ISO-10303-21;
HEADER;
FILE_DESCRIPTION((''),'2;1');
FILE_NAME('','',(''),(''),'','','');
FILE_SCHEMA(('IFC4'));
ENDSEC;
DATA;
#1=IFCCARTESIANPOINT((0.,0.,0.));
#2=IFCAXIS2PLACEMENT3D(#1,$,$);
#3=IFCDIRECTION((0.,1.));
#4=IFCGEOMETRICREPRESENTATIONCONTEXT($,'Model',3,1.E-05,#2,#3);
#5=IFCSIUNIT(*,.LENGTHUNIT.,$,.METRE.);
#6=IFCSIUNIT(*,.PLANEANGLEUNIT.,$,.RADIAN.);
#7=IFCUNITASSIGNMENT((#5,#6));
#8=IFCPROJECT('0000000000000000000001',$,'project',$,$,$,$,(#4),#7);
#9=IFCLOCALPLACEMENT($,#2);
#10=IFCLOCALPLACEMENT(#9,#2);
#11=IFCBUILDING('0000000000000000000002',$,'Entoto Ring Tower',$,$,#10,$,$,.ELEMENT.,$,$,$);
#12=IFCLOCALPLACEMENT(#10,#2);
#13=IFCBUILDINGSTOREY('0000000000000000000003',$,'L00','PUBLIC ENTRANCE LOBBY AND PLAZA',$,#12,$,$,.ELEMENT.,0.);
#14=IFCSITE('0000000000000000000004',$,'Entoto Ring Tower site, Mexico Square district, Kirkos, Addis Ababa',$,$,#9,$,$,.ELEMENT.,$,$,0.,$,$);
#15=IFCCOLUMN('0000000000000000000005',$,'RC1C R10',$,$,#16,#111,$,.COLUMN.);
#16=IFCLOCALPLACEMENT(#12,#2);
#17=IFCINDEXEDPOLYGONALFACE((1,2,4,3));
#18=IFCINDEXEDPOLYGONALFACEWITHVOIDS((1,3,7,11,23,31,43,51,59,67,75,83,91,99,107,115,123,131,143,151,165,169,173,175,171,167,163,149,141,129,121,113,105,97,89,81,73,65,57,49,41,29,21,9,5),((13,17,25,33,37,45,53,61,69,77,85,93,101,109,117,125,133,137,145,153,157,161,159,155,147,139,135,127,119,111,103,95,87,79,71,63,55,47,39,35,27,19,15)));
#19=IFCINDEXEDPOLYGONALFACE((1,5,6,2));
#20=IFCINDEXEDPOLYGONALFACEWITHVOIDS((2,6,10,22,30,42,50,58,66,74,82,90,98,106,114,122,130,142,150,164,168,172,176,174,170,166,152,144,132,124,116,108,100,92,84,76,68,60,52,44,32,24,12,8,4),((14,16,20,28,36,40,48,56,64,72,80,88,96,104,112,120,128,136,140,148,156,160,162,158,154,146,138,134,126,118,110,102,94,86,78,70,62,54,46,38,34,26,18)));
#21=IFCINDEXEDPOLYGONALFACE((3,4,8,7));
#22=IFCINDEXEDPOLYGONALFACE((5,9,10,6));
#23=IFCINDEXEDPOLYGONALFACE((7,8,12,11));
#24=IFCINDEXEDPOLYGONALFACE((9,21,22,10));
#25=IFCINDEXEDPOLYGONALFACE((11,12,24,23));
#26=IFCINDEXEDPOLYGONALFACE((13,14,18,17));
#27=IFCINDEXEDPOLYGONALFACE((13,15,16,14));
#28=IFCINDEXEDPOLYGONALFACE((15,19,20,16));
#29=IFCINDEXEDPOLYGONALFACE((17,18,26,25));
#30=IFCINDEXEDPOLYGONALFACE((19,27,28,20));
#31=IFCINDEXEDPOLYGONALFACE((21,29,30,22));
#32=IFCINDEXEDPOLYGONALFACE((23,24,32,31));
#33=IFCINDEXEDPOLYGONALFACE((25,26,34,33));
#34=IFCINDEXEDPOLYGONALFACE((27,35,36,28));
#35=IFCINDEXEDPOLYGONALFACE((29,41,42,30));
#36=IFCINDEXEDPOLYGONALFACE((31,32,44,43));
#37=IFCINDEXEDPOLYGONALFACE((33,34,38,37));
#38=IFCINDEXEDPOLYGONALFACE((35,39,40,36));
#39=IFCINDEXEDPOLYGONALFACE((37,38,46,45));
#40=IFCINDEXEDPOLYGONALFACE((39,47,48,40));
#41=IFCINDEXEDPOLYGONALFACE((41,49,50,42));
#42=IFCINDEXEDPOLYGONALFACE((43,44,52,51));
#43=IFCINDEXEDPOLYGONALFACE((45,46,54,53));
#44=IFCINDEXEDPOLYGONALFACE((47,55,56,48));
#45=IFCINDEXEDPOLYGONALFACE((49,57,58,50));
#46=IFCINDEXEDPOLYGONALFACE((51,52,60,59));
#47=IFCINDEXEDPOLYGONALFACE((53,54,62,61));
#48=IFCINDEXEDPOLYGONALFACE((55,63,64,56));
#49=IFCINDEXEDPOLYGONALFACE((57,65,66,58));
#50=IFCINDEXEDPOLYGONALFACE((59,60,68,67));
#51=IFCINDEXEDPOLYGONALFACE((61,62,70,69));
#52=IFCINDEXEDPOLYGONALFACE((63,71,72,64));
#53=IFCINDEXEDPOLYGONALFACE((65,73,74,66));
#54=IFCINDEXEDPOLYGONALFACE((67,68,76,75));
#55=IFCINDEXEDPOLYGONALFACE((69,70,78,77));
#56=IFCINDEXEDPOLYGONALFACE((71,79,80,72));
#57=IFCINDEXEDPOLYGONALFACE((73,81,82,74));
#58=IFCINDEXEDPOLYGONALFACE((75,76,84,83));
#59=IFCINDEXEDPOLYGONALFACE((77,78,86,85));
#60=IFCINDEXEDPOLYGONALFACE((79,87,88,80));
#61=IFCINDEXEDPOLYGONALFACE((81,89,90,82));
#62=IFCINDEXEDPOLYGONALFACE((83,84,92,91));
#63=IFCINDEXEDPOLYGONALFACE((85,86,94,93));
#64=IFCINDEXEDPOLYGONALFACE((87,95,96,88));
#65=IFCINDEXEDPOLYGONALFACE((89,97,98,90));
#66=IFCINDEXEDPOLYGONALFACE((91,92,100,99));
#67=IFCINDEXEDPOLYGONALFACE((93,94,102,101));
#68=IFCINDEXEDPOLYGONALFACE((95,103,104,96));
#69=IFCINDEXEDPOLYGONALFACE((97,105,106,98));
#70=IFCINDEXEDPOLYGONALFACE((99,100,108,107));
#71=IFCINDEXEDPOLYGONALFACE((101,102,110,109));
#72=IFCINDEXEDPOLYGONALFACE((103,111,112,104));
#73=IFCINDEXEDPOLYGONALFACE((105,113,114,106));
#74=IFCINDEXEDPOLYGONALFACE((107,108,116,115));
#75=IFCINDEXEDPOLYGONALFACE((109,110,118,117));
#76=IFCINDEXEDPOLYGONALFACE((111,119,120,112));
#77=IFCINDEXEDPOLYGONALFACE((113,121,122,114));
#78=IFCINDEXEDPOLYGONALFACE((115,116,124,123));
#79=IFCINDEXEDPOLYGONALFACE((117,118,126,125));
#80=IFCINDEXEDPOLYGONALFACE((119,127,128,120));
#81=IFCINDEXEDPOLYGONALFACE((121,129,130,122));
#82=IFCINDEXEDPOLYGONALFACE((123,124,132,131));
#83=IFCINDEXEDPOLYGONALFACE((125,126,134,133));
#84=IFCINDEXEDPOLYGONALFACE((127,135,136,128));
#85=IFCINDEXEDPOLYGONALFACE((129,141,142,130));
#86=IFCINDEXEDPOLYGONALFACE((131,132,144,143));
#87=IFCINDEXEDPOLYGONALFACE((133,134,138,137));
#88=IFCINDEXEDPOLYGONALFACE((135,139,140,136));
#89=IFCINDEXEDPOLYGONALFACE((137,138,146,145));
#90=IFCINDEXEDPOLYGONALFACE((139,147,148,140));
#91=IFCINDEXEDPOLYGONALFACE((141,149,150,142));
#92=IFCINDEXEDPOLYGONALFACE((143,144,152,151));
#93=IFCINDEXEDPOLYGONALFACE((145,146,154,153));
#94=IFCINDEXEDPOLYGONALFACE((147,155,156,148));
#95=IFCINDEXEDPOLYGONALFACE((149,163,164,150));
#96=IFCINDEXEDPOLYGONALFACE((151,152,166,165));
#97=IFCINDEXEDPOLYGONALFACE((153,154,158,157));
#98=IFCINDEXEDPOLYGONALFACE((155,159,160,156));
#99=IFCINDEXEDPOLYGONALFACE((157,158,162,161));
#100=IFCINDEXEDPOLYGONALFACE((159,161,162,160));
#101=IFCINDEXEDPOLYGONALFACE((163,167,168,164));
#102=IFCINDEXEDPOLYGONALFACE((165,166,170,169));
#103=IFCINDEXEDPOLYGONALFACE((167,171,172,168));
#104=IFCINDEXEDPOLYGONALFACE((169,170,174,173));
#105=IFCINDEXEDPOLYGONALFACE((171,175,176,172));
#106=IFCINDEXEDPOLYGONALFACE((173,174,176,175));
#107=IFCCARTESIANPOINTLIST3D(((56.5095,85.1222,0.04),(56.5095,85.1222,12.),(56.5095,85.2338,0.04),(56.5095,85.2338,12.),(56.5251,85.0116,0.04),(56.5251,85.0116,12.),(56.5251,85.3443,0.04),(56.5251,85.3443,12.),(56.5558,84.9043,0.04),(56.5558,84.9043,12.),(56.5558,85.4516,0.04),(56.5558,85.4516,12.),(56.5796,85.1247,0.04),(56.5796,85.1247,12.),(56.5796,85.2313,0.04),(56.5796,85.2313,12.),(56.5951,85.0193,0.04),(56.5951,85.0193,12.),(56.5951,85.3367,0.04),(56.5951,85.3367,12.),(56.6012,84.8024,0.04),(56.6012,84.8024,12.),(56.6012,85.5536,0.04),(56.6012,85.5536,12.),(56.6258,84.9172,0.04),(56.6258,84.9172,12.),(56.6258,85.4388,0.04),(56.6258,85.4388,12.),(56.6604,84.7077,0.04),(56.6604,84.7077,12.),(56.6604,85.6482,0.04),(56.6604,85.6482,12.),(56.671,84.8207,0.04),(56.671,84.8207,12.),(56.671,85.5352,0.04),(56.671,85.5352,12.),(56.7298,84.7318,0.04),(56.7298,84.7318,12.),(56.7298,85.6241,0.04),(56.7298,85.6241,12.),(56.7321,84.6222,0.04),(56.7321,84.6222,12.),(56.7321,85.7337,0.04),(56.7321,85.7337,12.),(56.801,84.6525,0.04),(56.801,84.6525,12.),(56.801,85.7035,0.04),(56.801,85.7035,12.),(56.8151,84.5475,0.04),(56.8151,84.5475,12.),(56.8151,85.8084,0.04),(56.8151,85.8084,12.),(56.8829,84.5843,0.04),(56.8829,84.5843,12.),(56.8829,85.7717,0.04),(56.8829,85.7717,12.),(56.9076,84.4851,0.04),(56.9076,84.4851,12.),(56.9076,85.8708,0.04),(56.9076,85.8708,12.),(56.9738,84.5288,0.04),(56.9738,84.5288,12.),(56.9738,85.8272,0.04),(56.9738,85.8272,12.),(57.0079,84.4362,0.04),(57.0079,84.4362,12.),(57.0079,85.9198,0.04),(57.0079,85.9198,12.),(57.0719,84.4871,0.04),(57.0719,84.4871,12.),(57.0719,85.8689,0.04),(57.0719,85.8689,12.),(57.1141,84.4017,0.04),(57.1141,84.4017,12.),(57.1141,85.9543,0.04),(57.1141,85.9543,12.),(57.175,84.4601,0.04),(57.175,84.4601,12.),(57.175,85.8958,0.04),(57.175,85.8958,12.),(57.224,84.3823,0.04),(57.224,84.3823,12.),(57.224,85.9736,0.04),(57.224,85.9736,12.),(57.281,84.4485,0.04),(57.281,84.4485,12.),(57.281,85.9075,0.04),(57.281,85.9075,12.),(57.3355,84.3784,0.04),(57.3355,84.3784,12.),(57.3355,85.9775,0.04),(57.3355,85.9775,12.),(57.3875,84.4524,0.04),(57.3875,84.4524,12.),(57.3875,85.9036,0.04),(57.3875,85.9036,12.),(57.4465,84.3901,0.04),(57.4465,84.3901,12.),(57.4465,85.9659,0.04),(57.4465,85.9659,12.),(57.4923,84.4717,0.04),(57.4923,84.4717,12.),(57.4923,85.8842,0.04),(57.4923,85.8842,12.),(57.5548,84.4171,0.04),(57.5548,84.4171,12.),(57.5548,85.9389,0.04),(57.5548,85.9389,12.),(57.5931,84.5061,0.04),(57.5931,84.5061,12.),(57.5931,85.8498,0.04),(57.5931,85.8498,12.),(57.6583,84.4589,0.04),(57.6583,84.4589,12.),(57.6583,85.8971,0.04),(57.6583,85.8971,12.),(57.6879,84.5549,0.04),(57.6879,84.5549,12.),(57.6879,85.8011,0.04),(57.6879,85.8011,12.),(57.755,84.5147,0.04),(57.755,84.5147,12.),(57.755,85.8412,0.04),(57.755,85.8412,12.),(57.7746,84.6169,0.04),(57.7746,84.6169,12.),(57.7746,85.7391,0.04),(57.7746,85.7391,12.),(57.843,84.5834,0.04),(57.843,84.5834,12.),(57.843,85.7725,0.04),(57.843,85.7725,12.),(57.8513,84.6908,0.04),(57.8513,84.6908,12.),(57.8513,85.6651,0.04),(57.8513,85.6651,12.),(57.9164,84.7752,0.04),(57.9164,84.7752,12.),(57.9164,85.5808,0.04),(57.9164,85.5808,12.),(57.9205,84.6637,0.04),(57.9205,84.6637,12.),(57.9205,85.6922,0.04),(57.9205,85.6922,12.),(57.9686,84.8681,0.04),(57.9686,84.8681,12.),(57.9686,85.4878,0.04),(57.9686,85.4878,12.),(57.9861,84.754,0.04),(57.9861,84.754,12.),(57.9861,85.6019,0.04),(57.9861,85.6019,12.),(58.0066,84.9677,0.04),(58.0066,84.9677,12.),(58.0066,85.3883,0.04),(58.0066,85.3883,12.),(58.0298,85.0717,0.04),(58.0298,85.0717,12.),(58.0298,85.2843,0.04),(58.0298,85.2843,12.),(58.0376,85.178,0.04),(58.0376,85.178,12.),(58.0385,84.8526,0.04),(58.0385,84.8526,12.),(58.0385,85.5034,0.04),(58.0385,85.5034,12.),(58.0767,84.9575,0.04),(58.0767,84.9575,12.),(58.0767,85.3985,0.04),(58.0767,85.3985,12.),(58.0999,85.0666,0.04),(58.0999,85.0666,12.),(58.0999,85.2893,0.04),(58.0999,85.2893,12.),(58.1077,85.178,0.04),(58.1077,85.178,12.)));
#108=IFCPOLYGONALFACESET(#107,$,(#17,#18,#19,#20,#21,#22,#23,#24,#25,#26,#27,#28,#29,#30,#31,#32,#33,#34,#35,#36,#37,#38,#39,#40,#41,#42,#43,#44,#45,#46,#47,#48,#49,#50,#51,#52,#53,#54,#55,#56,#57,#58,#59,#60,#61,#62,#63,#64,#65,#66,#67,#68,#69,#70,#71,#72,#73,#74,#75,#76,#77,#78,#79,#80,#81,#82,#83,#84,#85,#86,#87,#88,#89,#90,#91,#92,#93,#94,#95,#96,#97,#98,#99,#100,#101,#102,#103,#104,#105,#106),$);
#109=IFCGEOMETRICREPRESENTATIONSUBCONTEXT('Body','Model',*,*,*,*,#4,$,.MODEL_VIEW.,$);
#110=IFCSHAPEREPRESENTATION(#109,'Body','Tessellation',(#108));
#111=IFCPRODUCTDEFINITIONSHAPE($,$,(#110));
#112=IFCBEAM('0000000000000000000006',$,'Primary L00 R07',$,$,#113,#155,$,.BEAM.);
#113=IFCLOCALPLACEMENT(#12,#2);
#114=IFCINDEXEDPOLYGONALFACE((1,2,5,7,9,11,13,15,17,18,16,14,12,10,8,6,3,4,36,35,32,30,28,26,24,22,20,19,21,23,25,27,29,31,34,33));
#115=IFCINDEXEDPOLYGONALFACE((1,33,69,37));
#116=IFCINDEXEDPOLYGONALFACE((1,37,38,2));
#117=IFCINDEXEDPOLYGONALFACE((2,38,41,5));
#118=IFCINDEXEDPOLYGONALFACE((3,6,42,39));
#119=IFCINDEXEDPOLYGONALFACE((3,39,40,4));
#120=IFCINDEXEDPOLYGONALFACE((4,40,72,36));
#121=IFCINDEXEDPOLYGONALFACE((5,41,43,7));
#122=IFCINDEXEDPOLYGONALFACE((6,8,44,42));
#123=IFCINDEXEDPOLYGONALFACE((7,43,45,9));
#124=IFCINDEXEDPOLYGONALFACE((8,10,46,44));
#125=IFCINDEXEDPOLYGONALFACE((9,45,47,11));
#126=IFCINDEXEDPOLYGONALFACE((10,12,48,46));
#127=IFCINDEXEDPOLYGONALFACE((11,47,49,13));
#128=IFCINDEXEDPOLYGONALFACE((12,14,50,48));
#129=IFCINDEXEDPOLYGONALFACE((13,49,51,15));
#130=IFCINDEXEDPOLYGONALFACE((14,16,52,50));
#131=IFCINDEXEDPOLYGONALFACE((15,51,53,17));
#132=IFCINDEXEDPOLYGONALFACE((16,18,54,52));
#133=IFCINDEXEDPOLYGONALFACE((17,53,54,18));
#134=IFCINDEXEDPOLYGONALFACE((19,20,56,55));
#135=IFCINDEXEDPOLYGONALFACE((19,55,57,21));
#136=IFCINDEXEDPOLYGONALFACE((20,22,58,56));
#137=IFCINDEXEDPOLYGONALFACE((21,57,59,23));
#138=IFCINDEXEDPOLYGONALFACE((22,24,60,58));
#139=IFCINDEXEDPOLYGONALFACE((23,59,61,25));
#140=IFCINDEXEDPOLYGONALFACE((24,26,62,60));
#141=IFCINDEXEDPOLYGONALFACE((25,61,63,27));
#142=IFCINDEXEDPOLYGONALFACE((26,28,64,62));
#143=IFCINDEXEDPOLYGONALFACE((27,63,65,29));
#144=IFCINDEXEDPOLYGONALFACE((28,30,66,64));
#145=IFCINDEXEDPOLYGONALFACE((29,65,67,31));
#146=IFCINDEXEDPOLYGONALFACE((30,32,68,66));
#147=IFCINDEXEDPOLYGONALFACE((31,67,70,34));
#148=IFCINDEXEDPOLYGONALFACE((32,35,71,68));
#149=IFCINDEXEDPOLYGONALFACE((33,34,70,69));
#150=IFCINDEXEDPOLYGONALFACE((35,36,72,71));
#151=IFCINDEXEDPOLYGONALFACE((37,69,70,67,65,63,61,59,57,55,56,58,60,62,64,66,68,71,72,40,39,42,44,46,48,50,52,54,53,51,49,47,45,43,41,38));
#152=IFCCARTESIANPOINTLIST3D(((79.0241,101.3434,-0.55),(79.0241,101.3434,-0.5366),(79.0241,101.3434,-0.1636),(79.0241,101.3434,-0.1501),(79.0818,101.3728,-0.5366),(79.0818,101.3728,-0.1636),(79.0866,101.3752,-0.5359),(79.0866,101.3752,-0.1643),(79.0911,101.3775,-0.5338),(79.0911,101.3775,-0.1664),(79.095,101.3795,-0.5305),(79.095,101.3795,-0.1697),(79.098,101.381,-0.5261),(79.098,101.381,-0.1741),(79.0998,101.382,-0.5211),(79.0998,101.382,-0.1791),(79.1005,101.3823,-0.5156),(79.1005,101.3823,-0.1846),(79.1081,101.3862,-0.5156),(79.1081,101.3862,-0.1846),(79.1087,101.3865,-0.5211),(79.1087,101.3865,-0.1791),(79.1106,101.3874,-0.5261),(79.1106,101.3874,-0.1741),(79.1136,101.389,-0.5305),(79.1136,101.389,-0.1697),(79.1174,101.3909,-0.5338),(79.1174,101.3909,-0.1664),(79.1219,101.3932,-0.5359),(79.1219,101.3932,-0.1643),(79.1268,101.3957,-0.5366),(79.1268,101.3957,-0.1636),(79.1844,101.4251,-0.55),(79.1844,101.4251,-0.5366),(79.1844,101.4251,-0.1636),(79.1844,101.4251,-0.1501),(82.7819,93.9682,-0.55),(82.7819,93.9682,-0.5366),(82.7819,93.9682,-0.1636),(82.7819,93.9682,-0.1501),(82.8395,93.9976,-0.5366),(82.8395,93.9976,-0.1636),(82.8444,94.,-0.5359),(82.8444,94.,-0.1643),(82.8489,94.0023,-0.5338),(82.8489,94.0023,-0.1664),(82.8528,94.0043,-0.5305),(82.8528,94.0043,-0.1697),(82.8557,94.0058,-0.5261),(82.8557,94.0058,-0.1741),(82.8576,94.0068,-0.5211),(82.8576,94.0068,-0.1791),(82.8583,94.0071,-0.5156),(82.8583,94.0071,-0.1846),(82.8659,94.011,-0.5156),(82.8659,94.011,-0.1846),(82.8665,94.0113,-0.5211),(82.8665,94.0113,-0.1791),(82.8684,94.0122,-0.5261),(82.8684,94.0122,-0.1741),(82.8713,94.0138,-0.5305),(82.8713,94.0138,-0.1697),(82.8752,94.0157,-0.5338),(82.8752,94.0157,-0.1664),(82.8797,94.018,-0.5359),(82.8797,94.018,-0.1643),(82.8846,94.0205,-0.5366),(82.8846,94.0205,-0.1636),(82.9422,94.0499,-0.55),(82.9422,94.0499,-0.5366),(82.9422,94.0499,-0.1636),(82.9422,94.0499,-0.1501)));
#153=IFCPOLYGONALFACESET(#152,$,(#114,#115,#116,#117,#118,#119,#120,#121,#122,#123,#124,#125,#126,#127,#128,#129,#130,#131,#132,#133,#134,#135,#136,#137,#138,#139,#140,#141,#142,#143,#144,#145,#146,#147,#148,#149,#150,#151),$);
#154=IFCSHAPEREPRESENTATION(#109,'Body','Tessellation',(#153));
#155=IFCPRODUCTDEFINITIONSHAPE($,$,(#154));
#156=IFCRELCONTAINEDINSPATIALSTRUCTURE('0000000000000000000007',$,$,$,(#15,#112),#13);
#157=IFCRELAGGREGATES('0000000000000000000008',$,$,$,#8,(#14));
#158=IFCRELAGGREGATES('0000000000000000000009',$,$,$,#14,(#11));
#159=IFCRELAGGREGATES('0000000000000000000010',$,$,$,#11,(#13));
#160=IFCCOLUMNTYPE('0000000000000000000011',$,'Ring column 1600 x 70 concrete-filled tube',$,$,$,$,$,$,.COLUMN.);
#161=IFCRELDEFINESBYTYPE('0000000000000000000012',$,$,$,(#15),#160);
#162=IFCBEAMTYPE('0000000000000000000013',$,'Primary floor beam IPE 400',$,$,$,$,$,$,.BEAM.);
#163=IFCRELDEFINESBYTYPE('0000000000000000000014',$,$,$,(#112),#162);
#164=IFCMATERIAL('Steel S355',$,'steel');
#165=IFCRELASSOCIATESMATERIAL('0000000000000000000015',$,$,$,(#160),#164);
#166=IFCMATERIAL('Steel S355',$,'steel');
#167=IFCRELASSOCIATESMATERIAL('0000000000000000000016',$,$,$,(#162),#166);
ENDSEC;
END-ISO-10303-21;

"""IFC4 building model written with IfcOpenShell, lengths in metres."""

from ifc_helpers import new_model, si_unit, direction, frame, origin, origin_2d, place, context, subcontext, project, spatial, circle, hollow_circle, i_section, extrude, material, material_profile, profile_set, type_object, element, save


model = new_model("IFC4")

# Units and contexts
model_context = context("Model", 3, precision=1e-05, world=origin(), true_north=direction((0.0, 1.0)))
body_context = subcontext(model_context, "Body", "Model", "MODEL_VIEW")
ifc_project = project(units=[si_unit("LENGTHUNIT", "METRE"), si_unit("PLANEANGLEUNIT", "RADIAN")], contexts=[model_context])

# Site, building, storey
site_placement = place(None, origin())
site = spatial("IfcSite", under=ifc_project, at=site_placement, Name="Entoto Ring Tower site, Mexico Square district, Kirkos, Addis Ababa", CompositionType="ELEMENT", RefElevation=0.0)
building_placement = place(site_placement, origin())
building = spatial("IfcBuilding", under=site, at=building_placement, Name="Entoto Ring Tower", CompositionType="ELEMENT")
storey_placement = place(building_placement, origin())
storey = spatial("IfcBuildingStorey", under=building, at=storey_placement, Name="L00", Description="PUBLIC ENTRANCE LOBBY AND PLAZA", CompositionType="ELEMENT", Elevation=0.0)

# Column
ifc_material_1 = material(Name="Steel S355", Category="steel")
ifc_material_profile_1 = material_profile(ifc_material_1, hollow_circle(Radius=0.8, WallThickness=0.0701, at=origin_2d()), Name="CHS 1600 x 70")
ifc_material_2 = material(Name="Concrete C60/75", Category="concrete")
ifc_material_profile_2 = material_profile(ifc_material_2, circle(Radius=0.73, at=origin_2d()), Name="Concrete C60/75 infill")
ifc_profile_set_1 = profile_set([ifc_material_profile_1, ifc_material_profile_2], Name="Steel S355")
column_type = type_object("IfcColumnType", Name="Ring column 1600 x 70 concrete-filled tube", PredefinedType="COLUMN", material=ifc_profile_set_1)
column_placement = place(storey_placement, frame((57.3076, 85.178, 0.04), z_axis=(0.0, 0.0, 1.0), x_axis=(1.0, 0.0, 0.0)))
element("IfcColumn", 1, at=column_placement, inside=storey, type_object=column_type, Name="RC1C R10", PredefinedType="COLUMN", context=body_context, shape_type="SweptSolid", body=[
    extrude(hollow_circle(Radius=0.8, WallThickness=0.0701, at=origin_2d()), origin(), (0.0, 0.0, 1.0), 11.96),
])

# Beam
ifc_material_3 = material(Name="Steel S355", Category="steel")
ifc_material_profile_3 = material_profile(ifc_material_3, i_section(OverallWidth=0.1799, OverallDepth=0.3999, WebThickness=0.0085, FlangeThickness=0.0134, FilletRadius=0.021, at=origin_2d()), Name="IPE 400")
ifc_profile_set_2 = profile_set([ifc_material_profile_3], Name="Steel S355")
beam_type_1 = type_object("IfcBeamType", Name="Primary floor beam IPE 400", PredefinedType="BEAM", material=ifc_profile_set_2)
beam_1_placement = place(storey_placement, frame((82.8621, 94.009, -0.3501), z_axis=(-0.453985, 0.89101, 0.0), x_axis=(-0.89101, -0.453985, 0.0)))
element("IfcBeam", 2, at=beam_1_placement, inside=storey, type_object=beam_type_1, Name="Primary L00 R07", PredefinedType="BEAM", context=body_context, shape_type="SweptSolid", body=[
    extrude(i_section(OverallWidth=0.1799, OverallDepth=0.3999, WebThickness=0.0085, FlangeThickness=0.0134, FilletRadius=0.021, at=origin_2d()), origin(), (0.0, 0.0, 1.0), 8.2773),
])

save(model, "model.ifc")
